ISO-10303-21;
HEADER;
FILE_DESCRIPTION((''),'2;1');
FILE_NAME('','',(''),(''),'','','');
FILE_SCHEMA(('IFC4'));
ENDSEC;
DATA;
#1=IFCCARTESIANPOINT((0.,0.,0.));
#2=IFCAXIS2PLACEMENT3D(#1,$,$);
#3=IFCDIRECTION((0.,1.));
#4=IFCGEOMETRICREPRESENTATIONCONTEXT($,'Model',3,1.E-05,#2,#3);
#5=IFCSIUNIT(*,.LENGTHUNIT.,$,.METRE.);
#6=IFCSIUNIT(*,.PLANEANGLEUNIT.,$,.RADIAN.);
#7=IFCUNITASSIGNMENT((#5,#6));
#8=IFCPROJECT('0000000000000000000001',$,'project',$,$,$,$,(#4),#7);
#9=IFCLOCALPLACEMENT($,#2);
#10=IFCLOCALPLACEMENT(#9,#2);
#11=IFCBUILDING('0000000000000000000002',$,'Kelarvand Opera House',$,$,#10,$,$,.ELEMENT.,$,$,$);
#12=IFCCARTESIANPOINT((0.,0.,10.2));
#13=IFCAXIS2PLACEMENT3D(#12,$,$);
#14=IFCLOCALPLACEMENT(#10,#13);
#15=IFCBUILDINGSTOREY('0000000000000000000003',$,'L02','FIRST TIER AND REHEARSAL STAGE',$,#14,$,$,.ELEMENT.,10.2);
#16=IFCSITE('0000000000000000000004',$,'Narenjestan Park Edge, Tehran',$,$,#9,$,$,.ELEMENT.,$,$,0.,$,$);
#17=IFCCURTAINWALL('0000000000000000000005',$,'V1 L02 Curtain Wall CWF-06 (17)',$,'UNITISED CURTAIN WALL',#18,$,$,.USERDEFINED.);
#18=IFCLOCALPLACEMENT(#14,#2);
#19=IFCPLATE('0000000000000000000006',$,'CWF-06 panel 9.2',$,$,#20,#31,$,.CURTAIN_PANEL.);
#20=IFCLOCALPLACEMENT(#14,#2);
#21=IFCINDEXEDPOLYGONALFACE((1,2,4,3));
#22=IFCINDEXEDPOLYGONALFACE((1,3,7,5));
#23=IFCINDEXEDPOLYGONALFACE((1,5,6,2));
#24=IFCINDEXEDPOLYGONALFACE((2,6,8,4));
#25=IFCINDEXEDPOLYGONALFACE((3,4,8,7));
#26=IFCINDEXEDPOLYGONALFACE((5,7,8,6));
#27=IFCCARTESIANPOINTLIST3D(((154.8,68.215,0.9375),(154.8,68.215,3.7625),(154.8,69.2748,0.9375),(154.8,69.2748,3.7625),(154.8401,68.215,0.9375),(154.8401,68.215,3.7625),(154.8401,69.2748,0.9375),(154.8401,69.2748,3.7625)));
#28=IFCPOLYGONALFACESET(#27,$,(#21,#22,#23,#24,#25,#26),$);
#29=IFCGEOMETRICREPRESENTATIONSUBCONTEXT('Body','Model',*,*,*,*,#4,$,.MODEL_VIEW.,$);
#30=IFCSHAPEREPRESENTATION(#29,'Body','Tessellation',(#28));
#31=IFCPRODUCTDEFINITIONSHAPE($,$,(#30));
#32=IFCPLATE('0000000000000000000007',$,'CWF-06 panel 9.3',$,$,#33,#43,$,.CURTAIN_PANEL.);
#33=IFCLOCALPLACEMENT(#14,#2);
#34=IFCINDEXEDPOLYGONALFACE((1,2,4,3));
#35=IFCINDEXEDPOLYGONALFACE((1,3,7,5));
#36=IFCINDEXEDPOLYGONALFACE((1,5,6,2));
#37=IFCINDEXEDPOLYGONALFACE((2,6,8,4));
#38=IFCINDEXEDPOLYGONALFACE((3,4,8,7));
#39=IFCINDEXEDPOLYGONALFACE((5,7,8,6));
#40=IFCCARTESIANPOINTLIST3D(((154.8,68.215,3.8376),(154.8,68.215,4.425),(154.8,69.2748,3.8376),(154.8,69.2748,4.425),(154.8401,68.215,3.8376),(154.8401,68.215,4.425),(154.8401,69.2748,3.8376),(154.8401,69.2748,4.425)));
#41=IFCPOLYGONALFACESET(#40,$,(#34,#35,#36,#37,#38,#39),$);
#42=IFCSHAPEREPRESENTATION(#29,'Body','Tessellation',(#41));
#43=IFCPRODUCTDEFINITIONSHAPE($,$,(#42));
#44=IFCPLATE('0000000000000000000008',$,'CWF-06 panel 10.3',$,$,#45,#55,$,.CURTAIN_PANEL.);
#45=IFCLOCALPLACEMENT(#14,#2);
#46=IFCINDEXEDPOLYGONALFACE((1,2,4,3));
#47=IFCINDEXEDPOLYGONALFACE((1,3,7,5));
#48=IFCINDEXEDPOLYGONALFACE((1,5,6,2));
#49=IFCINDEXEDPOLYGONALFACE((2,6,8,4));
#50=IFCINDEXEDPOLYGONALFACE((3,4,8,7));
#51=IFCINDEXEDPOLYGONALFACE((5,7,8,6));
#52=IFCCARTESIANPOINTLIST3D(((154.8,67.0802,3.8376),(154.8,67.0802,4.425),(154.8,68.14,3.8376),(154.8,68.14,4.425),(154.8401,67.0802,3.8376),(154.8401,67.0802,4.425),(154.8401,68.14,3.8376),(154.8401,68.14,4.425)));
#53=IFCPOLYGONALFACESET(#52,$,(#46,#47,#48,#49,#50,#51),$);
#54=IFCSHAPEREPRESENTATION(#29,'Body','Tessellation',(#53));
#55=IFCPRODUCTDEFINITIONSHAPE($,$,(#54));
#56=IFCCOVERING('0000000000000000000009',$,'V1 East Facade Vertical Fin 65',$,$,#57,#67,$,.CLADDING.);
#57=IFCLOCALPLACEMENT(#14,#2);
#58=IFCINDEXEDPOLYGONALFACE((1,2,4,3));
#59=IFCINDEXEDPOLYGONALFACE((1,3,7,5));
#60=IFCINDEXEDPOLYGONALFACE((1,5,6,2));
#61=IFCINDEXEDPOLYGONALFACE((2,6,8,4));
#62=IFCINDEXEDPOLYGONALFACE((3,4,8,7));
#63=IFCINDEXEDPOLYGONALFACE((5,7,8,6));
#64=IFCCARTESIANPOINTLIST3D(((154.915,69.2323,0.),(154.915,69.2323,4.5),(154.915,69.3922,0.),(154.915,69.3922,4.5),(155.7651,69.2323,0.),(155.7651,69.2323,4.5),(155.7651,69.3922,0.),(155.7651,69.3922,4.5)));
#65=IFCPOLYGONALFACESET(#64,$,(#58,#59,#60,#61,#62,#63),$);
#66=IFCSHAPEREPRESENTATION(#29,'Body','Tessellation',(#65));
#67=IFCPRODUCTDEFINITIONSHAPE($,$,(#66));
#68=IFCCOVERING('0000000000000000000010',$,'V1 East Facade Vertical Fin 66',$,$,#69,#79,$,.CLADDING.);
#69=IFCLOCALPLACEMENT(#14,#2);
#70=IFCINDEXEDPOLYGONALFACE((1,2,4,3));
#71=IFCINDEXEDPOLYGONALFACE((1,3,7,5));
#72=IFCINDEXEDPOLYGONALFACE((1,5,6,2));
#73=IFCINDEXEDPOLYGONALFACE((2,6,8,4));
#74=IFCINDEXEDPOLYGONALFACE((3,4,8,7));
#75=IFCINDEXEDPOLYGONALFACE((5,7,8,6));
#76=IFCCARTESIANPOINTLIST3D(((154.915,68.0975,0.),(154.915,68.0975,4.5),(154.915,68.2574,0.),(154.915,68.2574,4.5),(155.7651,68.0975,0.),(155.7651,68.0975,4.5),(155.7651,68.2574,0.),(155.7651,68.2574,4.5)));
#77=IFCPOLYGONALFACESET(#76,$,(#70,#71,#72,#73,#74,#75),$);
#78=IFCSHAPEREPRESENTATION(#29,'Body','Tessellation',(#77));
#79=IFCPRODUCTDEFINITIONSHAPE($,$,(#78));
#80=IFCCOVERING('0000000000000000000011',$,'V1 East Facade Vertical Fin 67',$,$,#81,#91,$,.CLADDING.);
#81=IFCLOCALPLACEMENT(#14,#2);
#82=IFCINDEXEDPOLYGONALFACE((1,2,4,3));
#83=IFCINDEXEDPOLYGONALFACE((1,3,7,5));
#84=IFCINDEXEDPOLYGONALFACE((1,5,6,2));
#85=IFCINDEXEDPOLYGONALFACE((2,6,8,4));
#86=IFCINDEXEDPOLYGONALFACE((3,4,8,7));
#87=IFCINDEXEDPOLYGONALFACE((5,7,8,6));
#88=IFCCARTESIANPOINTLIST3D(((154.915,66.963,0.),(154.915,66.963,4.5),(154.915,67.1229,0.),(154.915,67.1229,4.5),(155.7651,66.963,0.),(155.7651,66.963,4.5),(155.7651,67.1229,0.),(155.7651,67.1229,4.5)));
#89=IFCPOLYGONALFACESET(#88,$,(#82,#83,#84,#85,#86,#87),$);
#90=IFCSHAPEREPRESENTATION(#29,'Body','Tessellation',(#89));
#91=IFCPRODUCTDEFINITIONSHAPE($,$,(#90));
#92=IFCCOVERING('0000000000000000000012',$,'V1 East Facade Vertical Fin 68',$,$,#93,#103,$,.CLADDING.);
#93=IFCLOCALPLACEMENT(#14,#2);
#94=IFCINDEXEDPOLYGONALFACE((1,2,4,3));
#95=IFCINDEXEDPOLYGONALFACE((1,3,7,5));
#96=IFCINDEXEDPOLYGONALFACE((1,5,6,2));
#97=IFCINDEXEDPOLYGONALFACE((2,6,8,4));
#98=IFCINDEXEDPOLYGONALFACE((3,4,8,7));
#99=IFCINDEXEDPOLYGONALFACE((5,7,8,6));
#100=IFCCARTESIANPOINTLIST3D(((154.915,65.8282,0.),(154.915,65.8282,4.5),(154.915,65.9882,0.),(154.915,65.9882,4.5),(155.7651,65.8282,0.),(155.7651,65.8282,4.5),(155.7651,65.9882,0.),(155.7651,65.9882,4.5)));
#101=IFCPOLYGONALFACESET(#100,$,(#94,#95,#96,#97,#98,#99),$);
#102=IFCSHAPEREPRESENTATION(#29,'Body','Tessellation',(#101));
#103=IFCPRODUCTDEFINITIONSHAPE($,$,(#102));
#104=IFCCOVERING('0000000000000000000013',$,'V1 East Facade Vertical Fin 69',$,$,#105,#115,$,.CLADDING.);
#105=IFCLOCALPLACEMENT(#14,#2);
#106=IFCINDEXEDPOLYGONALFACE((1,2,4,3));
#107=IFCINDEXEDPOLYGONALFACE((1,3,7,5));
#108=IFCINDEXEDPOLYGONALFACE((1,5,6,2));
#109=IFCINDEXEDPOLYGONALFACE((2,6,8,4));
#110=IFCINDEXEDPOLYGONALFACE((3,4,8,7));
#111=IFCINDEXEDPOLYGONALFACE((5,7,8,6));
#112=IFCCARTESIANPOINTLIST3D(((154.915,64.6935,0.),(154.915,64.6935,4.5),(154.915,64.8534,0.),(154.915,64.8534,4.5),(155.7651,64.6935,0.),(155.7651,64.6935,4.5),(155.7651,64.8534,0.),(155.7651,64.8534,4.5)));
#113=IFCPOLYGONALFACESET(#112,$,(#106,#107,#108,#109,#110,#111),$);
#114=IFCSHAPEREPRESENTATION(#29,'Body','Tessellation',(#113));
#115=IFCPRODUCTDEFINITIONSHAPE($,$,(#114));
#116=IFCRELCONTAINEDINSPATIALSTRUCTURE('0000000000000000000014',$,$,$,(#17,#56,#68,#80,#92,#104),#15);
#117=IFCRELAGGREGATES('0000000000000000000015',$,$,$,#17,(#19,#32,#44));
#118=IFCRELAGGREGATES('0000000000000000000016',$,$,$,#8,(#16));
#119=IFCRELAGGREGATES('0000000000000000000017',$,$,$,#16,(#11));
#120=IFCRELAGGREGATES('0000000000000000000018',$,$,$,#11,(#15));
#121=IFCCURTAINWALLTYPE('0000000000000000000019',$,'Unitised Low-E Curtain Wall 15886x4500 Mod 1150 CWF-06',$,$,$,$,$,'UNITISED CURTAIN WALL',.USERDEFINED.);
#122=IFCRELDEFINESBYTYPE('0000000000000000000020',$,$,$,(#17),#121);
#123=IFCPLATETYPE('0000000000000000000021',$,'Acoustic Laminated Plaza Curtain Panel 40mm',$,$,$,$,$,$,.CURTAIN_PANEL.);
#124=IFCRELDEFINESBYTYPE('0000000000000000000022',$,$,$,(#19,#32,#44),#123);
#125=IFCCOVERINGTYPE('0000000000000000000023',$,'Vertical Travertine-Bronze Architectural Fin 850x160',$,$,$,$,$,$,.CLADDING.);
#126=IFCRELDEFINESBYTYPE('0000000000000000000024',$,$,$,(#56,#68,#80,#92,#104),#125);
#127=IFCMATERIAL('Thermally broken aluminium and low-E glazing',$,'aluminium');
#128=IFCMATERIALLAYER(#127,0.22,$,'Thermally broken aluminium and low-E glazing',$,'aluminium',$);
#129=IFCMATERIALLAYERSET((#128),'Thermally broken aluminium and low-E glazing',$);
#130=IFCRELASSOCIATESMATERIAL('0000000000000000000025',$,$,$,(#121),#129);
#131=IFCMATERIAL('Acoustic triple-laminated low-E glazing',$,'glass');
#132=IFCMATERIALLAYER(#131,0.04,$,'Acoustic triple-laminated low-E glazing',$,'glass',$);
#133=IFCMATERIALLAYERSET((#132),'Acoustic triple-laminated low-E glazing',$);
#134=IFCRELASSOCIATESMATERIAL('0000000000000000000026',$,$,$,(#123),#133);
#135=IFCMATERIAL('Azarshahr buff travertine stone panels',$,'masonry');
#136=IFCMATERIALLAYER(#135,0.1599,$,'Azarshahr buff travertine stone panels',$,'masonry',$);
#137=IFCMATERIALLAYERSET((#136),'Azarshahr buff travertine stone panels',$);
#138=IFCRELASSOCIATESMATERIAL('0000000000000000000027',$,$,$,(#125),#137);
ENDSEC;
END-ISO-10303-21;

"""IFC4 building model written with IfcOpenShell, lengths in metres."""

from ifc_helpers import new_model, si_unit, direction, frame, origin, origin_2d, place, context, subcontext, project, spatial, rectangle, extrude, material, layer, layer_set, type_object, element, aggregate, save


model = new_model("IFC4")

# Units and contexts
model_context = context("Model", 3, precision=1e-05, world=origin(), true_north=direction((0.0, 1.0)))
body_context = subcontext(model_context, "Body", "Model", "MODEL_VIEW")
ifc_project = project(units=[si_unit("LENGTHUNIT", "METRE"), si_unit("PLANEANGLEUNIT", "RADIAN")], contexts=[model_context])

# Site, building, storey
site_placement = place(None, origin())
site = spatial("IfcSite", under=ifc_project, at=site_placement, Name="Narenjestan Park Edge, Tehran", CompositionType="ELEMENT", RefElevation=0.0)
building_placement = place(site_placement, origin())
building = spatial("IfcBuilding", under=site, at=building_placement, Name="Kelarvand Opera House", CompositionType="ELEMENT")
storey_placement = place(building_placement, frame((0.0, 0.0, 10.2)))
storey = spatial("IfcBuildingStorey", under=building, at=storey_placement, Name="L02", Description="FIRST TIER AND REHEARSAL STAGE", CompositionType="ELEMENT", Elevation=10.2)

# Curtain wall, plates
ifc_material_1 = material(Name="Thermally broken aluminium and low-E glazing", Category="aluminium")
ifc_layer_1 = layer(ifc_material_1, 0.22, Name="Thermally broken aluminium and low-E glazing", Category="aluminium")
ifc_layer_set_1 = layer_set([ifc_layer_1], Name="Thermally broken aluminium and low-E glazing")
curtain_wall_type = type_object("IfcCurtainWallType", Name="Unitised Low-E Curtain Wall 15886x4500 Mod 1150 CWF-06", ElementType="UNITISED CURTAIN WALL", PredefinedType="USERDEFINED", material=ifc_layer_set_1)
curtain_wall_placement = place(storey_placement, origin())
curtain_wall = element("IfcCurtainWall", 1, at=curtain_wall_placement, inside=storey, type_object=curtain_wall_type, Name="V1 L02 Curtain Wall CWF-06 (17)", ObjectType="UNITISED CURTAIN WALL", PredefinedType="USERDEFINED")
ifc_material_2 = material(Name="Acoustic triple-laminated low-E glazing", Category="glass")
ifc_layer_2 = layer(ifc_material_2, 0.04, Name="Acoustic triple-laminated low-E glazing", Category="glass")
ifc_layer_set_2 = layer_set([ifc_layer_2], Name="Acoustic triple-laminated low-E glazing")
plate_type = type_object("IfcPlateType", Name="Acoustic Laminated Plaza Curtain Panel 40mm", PredefinedType="CURTAIN_PANEL", material=ifc_layer_set_2)
plate_1_placement = place(storey_placement, frame((154.8201, 68.7449, 0.9375), z_axis=(0.0, 0.0, 1.0), x_axis=(0.0, -1.0, 0.0)))
plate_1 = element("IfcPlate", 2, at=plate_1_placement, type_object=plate_type, Name="CWF-06 panel 9.2", PredefinedType="CURTAIN_PANEL", context=body_context, shape_type="SweptSolid", body=[
    extrude(rectangle(XDim=1.0598, YDim=0.04, at=origin_2d()), origin(), (0.0, 0.0, 1.0), 2.825),
])
plate_2_placement = place(storey_placement, frame((154.8201, 68.7449, 3.8376), z_axis=(0.0, 0.0, 1.0), x_axis=(0.0, -1.0, 0.0)))
plate_2 = element("IfcPlate", 3, at=plate_2_placement, type_object=plate_type, Name="CWF-06 panel 9.3", PredefinedType="CURTAIN_PANEL", context=body_context, shape_type="SweptSolid", body=[
    extrude(rectangle(XDim=1.0598, YDim=0.04, at=origin_2d()), origin(), (0.0, 0.0, 1.0), 0.5874),
])
plate_3_placement = place(storey_placement, frame((154.8201, 67.6101, 3.8376), z_axis=(0.0, 0.0, 1.0), x_axis=(0.0, -1.0, 0.0)))
plate_3 = element("IfcPlate", 4, at=plate_3_placement, type_object=plate_type, Name="CWF-06 panel 10.3", PredefinedType="CURTAIN_PANEL", context=body_context, shape_type="SweptSolid", body=[
    extrude(rectangle(XDim=1.0598, YDim=0.04, at=origin_2d()), origin(), (0.0, 0.0, 1.0), 0.5874),
])
aggregate(curtain_wall, [plate_1, plate_2, plate_3])

# Coverings
ifc_material_3 = material(Name="Azarshahr buff travertine stone panels", Category="masonry")
ifc_layer_3 = layer(ifc_material_3, 0.1599, Name="Azarshahr buff travertine stone panels", Category="masonry")
ifc_layer_set_3 = layer_set([ifc_layer_3], Name="Azarshahr buff travertine stone panels")
covering_type = type_object("IfcCoveringType", Name="Vertical Travertine-Bronze Architectural Fin 850x160", PredefinedType="CLADDING", material=ifc_layer_set_3)
for number, where, z_axis, x_axis, name in (
    (5, (155.3401, 69.3123, 0.0), (0.0, 0.0, 1.0), (1.0, 0.0, 0.0), "V1 East Facade Vertical Fin 65"),
    (6, (155.3401, 68.1775, 0.0), (0.0, 0.0, 1.0), (1.0, 0.0, 0.0), "V1 East Facade Vertical Fin 66"),
    (7, (155.3401, 67.043, 0.0), (0.0, 0.0, 1.0), (1.0, 0.0, 0.0), "V1 East Facade Vertical Fin 67"),
    (8, (155.3401, 65.9082, 0.0), (0.0, 0.0, 1.0), (1.0, 0.0, 0.0), "V1 East Facade Vertical Fin 68"),
    (9, (155.3401, 64.7734, 0.0), (0.0, 0.0, 1.0), (1.0, 0.0, 0.0), "V1 East Facade Vertical Fin 69"),
):
    element("IfcCovering", number, at=place(storey_placement, frame(where, z_axis=z_axis, x_axis=x_axis)), inside=storey, type_object=covering_type, Name=name, PredefinedType="CLADDING", context=body_context, shape_type="SweptSolid", body=[
        extrude(rectangle(XDim=0.8501, YDim=0.1599, at=origin_2d()), origin(), (0.0, 0.0, 1.0), 4.5),
    ])

save(model, "model.ifc")
